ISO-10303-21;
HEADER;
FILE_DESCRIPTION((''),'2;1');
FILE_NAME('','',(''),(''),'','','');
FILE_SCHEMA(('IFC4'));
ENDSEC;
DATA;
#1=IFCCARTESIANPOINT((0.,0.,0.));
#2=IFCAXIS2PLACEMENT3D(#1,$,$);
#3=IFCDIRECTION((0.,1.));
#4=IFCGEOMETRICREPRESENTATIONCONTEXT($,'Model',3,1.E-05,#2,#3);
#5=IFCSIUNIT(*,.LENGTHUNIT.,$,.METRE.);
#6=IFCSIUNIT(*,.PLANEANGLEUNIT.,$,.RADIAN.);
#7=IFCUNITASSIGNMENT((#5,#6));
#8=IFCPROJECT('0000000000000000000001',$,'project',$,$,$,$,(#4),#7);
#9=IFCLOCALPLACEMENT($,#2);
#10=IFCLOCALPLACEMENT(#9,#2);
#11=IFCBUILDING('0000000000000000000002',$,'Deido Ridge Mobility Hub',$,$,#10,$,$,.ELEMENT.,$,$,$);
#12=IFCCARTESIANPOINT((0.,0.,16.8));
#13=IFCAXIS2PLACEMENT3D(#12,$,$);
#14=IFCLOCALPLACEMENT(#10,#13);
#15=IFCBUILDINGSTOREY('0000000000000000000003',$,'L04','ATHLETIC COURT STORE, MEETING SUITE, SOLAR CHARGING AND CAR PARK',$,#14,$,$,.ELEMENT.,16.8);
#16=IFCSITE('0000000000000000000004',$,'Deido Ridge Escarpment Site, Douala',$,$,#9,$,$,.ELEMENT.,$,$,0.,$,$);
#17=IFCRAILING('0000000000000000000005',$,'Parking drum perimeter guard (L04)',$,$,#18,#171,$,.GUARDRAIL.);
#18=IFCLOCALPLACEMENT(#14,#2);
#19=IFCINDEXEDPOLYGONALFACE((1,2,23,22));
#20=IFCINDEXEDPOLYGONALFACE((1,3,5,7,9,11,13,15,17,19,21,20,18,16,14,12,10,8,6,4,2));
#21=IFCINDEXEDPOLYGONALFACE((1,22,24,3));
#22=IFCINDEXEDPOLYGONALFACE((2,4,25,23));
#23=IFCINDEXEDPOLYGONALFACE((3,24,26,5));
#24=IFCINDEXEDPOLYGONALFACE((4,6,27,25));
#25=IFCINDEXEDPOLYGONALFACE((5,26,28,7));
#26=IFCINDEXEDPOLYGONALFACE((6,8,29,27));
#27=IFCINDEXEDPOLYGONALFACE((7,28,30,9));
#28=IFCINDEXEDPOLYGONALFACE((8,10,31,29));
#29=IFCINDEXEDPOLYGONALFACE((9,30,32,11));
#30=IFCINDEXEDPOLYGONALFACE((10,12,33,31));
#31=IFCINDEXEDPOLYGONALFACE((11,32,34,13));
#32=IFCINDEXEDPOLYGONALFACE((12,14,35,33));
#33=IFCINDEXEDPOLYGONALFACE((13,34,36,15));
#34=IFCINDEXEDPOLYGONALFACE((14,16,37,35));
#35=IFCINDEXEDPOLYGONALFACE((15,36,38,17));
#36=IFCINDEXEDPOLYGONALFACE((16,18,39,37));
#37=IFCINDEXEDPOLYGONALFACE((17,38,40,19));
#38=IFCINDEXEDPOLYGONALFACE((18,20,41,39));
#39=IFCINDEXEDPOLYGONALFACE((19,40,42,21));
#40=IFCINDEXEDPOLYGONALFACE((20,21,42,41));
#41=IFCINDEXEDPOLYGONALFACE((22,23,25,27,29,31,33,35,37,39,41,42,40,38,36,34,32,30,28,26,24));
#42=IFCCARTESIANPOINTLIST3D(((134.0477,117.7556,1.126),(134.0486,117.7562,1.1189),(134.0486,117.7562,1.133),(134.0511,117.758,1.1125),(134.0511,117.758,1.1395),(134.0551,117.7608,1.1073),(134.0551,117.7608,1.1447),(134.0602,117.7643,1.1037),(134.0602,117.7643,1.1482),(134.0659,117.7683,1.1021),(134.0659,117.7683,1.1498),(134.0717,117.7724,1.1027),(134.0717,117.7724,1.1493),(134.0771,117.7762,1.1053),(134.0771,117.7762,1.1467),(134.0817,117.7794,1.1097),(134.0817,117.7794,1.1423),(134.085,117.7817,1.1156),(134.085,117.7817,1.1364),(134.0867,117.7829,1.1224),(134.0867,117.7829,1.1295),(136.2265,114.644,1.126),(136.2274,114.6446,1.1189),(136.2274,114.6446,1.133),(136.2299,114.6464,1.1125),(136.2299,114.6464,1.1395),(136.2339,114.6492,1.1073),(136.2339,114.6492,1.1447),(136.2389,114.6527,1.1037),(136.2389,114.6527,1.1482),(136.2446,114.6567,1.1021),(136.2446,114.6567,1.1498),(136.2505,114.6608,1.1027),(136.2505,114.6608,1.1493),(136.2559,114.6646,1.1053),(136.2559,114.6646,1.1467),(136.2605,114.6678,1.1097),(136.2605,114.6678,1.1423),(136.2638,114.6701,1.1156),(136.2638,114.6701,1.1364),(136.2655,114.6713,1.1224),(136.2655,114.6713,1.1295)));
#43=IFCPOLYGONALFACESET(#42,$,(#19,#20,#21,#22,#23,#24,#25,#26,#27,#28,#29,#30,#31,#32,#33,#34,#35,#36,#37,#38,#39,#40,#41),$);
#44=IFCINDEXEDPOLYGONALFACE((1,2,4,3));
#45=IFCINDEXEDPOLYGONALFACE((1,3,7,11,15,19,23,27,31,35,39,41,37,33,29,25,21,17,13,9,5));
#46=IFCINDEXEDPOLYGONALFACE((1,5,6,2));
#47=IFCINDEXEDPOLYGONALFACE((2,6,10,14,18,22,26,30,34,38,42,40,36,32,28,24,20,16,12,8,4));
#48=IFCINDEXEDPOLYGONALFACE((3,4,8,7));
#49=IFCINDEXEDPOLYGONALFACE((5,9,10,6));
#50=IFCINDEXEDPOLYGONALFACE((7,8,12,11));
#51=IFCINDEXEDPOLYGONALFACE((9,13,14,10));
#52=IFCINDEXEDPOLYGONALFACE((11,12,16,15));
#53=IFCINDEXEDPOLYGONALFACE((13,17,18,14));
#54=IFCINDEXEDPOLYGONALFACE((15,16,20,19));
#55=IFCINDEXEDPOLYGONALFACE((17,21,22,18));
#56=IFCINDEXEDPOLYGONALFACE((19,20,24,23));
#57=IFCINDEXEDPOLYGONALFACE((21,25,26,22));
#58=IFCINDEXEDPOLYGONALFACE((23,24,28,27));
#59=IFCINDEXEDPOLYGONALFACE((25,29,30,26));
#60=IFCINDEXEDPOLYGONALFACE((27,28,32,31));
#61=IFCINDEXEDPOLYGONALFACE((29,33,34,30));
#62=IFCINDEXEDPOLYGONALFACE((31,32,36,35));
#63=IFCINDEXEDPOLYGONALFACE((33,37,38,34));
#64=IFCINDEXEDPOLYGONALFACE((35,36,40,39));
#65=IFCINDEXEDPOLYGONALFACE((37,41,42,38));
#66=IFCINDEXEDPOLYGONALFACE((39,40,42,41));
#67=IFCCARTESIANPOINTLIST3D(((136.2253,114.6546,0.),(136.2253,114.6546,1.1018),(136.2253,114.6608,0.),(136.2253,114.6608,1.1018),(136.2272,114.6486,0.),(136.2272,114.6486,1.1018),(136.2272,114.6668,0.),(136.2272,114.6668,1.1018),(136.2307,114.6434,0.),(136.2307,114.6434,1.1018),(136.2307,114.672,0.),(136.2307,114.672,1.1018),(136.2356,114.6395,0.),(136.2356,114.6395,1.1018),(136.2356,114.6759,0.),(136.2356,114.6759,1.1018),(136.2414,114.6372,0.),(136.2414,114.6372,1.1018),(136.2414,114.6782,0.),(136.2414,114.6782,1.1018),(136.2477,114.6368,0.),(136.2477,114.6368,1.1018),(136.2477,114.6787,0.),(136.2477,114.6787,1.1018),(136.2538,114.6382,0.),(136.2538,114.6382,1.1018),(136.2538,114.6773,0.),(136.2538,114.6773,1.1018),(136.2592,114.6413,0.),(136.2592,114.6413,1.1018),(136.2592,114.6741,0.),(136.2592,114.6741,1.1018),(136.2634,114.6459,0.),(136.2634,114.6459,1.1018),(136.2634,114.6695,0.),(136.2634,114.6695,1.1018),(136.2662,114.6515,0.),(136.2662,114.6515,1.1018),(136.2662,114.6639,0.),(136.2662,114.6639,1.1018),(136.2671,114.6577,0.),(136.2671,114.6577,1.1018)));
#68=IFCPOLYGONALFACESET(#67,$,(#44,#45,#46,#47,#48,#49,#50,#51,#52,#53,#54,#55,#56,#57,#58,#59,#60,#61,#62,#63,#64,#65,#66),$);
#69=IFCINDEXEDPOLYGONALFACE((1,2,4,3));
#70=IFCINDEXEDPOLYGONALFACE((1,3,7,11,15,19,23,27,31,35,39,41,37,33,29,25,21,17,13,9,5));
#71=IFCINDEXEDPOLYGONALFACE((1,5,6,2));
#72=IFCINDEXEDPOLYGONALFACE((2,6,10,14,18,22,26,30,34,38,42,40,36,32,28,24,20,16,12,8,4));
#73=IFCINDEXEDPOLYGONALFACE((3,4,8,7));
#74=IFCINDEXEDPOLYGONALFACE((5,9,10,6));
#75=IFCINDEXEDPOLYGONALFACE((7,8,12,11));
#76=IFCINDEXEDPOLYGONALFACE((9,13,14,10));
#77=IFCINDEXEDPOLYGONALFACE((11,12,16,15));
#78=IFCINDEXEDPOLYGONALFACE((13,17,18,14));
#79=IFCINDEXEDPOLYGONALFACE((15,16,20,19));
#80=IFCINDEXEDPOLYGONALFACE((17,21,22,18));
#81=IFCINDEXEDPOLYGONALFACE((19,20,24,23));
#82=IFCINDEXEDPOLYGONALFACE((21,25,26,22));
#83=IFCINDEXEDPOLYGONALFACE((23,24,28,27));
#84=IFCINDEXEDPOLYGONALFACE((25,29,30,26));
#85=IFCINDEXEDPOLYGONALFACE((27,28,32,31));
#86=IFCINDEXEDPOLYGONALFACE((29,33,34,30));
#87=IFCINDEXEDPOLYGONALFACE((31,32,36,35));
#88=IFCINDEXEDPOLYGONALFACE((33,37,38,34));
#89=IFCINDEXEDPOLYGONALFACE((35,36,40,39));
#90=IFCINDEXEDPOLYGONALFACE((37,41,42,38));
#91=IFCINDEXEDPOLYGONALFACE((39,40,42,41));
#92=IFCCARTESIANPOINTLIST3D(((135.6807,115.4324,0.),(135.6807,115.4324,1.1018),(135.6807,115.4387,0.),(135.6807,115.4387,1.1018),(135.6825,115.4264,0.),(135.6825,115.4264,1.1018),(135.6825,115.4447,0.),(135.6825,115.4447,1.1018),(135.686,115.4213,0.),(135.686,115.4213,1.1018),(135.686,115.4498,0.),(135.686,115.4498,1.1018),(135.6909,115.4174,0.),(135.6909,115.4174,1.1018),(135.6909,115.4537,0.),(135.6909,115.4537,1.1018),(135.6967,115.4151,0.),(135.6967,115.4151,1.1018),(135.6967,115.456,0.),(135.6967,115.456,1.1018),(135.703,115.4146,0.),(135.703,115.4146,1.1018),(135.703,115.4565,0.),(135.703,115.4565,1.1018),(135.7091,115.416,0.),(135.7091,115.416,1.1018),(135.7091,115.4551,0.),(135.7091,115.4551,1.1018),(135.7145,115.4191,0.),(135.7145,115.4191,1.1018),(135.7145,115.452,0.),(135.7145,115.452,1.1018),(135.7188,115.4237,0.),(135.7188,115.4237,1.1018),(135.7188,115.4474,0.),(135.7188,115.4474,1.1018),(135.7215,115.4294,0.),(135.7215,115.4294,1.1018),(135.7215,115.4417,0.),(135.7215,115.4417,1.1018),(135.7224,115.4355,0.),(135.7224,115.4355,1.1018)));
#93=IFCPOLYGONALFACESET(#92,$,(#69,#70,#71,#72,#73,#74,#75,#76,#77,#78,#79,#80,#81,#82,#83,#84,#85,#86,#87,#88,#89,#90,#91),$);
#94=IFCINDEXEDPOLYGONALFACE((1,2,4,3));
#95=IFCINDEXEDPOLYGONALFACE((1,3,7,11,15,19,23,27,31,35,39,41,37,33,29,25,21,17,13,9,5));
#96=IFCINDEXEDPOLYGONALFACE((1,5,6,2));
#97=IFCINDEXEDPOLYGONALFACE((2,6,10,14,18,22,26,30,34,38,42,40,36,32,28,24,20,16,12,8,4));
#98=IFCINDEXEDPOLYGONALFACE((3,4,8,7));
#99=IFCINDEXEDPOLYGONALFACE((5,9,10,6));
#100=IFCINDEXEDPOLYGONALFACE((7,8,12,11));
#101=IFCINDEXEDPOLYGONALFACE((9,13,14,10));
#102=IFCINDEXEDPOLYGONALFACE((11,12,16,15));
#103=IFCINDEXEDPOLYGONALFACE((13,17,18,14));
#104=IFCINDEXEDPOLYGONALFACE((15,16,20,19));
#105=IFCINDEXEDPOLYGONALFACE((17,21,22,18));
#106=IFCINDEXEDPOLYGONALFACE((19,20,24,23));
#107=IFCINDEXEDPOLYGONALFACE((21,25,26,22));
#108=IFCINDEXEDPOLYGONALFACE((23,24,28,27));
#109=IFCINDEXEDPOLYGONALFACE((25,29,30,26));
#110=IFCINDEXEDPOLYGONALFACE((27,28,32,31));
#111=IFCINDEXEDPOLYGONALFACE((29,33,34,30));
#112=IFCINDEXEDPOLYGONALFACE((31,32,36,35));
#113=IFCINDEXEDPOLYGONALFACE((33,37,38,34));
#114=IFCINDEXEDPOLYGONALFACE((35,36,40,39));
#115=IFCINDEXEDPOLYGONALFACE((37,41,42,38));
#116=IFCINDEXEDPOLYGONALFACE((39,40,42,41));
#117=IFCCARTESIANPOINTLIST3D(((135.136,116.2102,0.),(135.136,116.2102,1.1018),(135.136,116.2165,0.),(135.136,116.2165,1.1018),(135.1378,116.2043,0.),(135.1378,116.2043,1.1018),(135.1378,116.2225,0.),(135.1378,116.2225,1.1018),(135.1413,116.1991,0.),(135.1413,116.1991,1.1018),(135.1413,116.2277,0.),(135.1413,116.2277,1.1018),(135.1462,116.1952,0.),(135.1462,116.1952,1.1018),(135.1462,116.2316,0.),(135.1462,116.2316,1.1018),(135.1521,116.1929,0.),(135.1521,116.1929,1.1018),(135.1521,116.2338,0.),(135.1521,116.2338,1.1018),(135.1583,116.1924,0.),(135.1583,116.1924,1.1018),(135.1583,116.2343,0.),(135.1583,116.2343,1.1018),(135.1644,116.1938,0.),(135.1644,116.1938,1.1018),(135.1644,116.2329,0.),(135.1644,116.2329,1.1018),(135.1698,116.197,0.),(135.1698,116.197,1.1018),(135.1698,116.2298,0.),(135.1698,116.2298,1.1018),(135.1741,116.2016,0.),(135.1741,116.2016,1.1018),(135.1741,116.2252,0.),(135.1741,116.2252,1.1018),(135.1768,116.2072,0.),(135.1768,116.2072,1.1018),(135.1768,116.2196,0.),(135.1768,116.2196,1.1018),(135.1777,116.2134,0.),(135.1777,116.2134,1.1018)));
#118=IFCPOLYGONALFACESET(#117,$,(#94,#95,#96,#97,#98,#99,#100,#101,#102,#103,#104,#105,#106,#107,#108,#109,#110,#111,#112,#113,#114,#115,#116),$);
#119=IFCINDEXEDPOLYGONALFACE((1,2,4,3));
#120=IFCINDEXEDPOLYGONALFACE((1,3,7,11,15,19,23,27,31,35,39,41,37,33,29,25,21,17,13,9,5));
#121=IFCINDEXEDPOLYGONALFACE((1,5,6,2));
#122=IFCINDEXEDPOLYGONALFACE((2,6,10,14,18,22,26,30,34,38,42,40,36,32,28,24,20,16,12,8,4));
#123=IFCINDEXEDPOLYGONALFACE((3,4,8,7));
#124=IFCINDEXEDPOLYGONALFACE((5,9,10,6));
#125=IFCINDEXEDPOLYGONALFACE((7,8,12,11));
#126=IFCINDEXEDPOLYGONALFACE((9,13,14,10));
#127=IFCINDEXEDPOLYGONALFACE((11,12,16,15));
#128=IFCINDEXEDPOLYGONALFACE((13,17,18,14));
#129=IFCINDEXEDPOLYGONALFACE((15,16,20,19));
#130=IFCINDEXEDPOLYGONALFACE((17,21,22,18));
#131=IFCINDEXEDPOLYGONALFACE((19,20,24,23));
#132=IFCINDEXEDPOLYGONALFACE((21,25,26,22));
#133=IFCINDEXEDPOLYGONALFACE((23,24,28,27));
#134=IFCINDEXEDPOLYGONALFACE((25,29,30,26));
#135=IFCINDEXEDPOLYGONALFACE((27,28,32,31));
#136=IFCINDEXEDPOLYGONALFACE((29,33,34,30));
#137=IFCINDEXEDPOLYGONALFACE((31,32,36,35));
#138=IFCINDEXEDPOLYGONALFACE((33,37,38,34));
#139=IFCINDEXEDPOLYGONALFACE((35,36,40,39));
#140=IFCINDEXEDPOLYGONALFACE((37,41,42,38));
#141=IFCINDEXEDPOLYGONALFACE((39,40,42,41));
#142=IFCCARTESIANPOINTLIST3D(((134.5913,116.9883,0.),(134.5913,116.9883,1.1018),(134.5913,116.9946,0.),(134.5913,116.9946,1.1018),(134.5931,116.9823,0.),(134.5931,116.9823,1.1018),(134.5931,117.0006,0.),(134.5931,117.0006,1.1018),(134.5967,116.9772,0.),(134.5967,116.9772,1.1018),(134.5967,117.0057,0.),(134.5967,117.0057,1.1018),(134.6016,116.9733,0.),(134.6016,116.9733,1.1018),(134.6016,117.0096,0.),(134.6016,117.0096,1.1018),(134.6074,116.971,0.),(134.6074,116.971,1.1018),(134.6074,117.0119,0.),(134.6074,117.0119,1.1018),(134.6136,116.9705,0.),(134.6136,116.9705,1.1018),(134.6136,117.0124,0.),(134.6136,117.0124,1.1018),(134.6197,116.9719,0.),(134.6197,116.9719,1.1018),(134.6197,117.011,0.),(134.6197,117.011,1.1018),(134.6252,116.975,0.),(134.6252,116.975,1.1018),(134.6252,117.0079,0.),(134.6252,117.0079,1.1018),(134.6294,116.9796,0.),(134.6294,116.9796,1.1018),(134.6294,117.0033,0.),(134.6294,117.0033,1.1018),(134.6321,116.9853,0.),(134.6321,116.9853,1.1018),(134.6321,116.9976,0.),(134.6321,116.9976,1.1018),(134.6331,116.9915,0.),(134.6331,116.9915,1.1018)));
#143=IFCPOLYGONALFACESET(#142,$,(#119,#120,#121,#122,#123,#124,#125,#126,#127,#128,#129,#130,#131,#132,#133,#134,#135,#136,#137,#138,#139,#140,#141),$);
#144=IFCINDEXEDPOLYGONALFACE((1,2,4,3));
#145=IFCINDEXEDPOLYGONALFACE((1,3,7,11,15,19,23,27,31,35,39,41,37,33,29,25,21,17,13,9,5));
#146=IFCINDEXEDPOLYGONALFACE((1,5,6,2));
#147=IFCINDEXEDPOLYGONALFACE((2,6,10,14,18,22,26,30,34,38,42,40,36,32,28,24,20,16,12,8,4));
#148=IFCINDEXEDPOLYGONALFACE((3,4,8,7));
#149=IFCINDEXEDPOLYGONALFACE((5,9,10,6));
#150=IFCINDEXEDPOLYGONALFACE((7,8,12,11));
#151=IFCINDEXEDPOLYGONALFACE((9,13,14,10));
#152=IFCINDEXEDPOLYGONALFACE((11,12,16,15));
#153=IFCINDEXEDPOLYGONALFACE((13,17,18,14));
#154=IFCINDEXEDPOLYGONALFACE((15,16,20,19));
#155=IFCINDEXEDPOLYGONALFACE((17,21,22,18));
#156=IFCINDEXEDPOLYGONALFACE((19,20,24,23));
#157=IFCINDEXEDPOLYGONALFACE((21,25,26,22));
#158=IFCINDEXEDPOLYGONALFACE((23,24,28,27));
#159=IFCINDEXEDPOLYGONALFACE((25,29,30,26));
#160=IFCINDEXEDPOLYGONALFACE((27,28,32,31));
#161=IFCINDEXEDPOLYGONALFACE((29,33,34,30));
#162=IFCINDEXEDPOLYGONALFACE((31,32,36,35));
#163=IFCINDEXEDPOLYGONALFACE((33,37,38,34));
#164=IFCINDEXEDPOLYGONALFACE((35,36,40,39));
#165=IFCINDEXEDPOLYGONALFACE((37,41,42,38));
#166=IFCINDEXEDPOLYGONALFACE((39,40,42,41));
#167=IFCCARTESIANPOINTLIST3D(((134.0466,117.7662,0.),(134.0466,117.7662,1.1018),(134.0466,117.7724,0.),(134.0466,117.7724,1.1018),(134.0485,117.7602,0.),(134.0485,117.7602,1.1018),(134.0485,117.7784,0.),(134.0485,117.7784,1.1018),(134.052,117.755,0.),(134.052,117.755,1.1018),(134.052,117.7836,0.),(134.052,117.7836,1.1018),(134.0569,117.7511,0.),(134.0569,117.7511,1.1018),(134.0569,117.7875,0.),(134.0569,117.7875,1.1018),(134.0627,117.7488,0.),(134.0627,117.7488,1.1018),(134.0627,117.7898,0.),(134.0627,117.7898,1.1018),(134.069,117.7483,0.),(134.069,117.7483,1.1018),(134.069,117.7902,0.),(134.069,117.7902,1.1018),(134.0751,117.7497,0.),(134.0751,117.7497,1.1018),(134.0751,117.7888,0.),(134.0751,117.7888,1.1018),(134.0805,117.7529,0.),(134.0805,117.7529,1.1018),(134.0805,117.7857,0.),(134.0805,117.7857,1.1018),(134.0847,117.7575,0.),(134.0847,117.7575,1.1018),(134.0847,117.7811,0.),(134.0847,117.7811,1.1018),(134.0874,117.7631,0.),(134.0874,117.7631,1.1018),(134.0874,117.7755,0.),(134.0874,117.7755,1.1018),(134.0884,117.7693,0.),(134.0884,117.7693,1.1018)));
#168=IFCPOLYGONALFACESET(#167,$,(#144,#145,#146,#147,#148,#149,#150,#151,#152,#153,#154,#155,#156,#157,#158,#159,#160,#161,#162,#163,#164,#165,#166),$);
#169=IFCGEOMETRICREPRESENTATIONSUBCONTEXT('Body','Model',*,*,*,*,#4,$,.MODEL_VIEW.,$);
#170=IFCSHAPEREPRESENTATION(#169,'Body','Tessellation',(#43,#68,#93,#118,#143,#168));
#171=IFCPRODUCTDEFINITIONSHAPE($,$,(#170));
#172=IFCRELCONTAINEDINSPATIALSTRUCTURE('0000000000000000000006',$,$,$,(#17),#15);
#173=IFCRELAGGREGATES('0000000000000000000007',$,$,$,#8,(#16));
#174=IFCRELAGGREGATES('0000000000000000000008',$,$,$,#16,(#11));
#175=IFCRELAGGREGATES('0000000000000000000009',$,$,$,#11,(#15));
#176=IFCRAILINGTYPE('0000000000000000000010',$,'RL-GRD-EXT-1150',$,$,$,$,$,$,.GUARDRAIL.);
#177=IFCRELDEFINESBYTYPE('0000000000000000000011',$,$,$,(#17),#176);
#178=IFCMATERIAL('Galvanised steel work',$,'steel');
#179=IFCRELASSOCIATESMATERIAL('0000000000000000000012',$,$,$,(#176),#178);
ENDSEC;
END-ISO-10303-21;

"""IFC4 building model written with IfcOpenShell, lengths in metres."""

from ifc_helpers import new_model, si_unit, direction, frame, origin, origin_2d, place, context, subcontext, project, spatial, circle, extrude, material, type_object, element, save


model = new_model("IFC4")

# Units and contexts
model_context = context("Model", 3, precision=1e-05, world=origin(), true_north=direction((0.0, 1.0)))
body_context = subcontext(model_context, "Body", "Model", "MODEL_VIEW")
ifc_project = project(units=[si_unit("LENGTHUNIT", "METRE"), si_unit("PLANEANGLEUNIT", "RADIAN")], contexts=[model_context])

# Site, building, storey
site_placement = place(None, origin())
site = spatial("IfcSite", under=ifc_project, at=site_placement, Name="Deido Ridge Escarpment Site, Douala", CompositionType="ELEMENT", RefElevation=0.0)
building_placement = place(site_placement, origin())
building = spatial("IfcBuilding", under=site, at=building_placement, Name="Deido Ridge Mobility Hub", CompositionType="ELEMENT")
storey_placement = place(building_placement, frame((0.0, 0.0, 16.8)))
storey = spatial("IfcBuildingStorey", under=building, at=storey_placement, Name="L04", Description="ATHLETIC COURT STORE, MEETING SUITE, SOLAR CHARGING AND CAR PARK", CompositionType="ELEMENT", Elevation=16.8)

# Railing
ifc_material_1 = material(Name="Galvanised steel work", Category="steel")
railing_type = type_object("IfcRailingType", Name="RL-GRD-EXT-1150", PredefinedType="GUARDRAIL", material=ifc_material_1)
railing_1_placement = place(storey_placement, frame((136.2461, 114.6577, 0.0)))
element("IfcRailing", 1, at=railing_1_placement, inside=storey, type_object=railing_type, Name="Parking drum perimeter guard (L04)", PredefinedType="GUARDRAIL", context=body_context, shape_type="SweptSolid", body=[
    extrude(circle(Radius=0.0239, at=origin_2d()), frame((0.0, 0.0, 1.126), z_axis=(-0.57357, 0.819156, 0.0), x_axis=(-0.819156, -0.57357, 0.0)), (0.0, 0.0, 1.0), 3.7986),
    extrude(circle(Radius=0.021, at=origin_2d()), origin(), (0.0, 0.0, 1.0), 1.1018),
    extrude(circle(Radius=0.021, at=origin_2d()), frame((-0.5447, 0.7778, 0.0)), (0.0, 0.0, 1.0), 1.1018),
    extrude(circle(Radius=0.021, at=origin_2d()), frame((-1.0894, 1.5557, 0.0)), (0.0, 0.0, 1.0), 1.1018),
    extrude(circle(Radius=0.021, at=origin_2d()), frame((-1.634, 2.3337, 0.0)), (0.0, 0.0, 1.0), 1.1018),
    extrude(circle(Radius=0.021, at=origin_2d()), frame((-2.1787, 3.1116, 0.0)), (0.0, 0.0, 1.0), 1.1018),
])

save(model, "model.ifc")
